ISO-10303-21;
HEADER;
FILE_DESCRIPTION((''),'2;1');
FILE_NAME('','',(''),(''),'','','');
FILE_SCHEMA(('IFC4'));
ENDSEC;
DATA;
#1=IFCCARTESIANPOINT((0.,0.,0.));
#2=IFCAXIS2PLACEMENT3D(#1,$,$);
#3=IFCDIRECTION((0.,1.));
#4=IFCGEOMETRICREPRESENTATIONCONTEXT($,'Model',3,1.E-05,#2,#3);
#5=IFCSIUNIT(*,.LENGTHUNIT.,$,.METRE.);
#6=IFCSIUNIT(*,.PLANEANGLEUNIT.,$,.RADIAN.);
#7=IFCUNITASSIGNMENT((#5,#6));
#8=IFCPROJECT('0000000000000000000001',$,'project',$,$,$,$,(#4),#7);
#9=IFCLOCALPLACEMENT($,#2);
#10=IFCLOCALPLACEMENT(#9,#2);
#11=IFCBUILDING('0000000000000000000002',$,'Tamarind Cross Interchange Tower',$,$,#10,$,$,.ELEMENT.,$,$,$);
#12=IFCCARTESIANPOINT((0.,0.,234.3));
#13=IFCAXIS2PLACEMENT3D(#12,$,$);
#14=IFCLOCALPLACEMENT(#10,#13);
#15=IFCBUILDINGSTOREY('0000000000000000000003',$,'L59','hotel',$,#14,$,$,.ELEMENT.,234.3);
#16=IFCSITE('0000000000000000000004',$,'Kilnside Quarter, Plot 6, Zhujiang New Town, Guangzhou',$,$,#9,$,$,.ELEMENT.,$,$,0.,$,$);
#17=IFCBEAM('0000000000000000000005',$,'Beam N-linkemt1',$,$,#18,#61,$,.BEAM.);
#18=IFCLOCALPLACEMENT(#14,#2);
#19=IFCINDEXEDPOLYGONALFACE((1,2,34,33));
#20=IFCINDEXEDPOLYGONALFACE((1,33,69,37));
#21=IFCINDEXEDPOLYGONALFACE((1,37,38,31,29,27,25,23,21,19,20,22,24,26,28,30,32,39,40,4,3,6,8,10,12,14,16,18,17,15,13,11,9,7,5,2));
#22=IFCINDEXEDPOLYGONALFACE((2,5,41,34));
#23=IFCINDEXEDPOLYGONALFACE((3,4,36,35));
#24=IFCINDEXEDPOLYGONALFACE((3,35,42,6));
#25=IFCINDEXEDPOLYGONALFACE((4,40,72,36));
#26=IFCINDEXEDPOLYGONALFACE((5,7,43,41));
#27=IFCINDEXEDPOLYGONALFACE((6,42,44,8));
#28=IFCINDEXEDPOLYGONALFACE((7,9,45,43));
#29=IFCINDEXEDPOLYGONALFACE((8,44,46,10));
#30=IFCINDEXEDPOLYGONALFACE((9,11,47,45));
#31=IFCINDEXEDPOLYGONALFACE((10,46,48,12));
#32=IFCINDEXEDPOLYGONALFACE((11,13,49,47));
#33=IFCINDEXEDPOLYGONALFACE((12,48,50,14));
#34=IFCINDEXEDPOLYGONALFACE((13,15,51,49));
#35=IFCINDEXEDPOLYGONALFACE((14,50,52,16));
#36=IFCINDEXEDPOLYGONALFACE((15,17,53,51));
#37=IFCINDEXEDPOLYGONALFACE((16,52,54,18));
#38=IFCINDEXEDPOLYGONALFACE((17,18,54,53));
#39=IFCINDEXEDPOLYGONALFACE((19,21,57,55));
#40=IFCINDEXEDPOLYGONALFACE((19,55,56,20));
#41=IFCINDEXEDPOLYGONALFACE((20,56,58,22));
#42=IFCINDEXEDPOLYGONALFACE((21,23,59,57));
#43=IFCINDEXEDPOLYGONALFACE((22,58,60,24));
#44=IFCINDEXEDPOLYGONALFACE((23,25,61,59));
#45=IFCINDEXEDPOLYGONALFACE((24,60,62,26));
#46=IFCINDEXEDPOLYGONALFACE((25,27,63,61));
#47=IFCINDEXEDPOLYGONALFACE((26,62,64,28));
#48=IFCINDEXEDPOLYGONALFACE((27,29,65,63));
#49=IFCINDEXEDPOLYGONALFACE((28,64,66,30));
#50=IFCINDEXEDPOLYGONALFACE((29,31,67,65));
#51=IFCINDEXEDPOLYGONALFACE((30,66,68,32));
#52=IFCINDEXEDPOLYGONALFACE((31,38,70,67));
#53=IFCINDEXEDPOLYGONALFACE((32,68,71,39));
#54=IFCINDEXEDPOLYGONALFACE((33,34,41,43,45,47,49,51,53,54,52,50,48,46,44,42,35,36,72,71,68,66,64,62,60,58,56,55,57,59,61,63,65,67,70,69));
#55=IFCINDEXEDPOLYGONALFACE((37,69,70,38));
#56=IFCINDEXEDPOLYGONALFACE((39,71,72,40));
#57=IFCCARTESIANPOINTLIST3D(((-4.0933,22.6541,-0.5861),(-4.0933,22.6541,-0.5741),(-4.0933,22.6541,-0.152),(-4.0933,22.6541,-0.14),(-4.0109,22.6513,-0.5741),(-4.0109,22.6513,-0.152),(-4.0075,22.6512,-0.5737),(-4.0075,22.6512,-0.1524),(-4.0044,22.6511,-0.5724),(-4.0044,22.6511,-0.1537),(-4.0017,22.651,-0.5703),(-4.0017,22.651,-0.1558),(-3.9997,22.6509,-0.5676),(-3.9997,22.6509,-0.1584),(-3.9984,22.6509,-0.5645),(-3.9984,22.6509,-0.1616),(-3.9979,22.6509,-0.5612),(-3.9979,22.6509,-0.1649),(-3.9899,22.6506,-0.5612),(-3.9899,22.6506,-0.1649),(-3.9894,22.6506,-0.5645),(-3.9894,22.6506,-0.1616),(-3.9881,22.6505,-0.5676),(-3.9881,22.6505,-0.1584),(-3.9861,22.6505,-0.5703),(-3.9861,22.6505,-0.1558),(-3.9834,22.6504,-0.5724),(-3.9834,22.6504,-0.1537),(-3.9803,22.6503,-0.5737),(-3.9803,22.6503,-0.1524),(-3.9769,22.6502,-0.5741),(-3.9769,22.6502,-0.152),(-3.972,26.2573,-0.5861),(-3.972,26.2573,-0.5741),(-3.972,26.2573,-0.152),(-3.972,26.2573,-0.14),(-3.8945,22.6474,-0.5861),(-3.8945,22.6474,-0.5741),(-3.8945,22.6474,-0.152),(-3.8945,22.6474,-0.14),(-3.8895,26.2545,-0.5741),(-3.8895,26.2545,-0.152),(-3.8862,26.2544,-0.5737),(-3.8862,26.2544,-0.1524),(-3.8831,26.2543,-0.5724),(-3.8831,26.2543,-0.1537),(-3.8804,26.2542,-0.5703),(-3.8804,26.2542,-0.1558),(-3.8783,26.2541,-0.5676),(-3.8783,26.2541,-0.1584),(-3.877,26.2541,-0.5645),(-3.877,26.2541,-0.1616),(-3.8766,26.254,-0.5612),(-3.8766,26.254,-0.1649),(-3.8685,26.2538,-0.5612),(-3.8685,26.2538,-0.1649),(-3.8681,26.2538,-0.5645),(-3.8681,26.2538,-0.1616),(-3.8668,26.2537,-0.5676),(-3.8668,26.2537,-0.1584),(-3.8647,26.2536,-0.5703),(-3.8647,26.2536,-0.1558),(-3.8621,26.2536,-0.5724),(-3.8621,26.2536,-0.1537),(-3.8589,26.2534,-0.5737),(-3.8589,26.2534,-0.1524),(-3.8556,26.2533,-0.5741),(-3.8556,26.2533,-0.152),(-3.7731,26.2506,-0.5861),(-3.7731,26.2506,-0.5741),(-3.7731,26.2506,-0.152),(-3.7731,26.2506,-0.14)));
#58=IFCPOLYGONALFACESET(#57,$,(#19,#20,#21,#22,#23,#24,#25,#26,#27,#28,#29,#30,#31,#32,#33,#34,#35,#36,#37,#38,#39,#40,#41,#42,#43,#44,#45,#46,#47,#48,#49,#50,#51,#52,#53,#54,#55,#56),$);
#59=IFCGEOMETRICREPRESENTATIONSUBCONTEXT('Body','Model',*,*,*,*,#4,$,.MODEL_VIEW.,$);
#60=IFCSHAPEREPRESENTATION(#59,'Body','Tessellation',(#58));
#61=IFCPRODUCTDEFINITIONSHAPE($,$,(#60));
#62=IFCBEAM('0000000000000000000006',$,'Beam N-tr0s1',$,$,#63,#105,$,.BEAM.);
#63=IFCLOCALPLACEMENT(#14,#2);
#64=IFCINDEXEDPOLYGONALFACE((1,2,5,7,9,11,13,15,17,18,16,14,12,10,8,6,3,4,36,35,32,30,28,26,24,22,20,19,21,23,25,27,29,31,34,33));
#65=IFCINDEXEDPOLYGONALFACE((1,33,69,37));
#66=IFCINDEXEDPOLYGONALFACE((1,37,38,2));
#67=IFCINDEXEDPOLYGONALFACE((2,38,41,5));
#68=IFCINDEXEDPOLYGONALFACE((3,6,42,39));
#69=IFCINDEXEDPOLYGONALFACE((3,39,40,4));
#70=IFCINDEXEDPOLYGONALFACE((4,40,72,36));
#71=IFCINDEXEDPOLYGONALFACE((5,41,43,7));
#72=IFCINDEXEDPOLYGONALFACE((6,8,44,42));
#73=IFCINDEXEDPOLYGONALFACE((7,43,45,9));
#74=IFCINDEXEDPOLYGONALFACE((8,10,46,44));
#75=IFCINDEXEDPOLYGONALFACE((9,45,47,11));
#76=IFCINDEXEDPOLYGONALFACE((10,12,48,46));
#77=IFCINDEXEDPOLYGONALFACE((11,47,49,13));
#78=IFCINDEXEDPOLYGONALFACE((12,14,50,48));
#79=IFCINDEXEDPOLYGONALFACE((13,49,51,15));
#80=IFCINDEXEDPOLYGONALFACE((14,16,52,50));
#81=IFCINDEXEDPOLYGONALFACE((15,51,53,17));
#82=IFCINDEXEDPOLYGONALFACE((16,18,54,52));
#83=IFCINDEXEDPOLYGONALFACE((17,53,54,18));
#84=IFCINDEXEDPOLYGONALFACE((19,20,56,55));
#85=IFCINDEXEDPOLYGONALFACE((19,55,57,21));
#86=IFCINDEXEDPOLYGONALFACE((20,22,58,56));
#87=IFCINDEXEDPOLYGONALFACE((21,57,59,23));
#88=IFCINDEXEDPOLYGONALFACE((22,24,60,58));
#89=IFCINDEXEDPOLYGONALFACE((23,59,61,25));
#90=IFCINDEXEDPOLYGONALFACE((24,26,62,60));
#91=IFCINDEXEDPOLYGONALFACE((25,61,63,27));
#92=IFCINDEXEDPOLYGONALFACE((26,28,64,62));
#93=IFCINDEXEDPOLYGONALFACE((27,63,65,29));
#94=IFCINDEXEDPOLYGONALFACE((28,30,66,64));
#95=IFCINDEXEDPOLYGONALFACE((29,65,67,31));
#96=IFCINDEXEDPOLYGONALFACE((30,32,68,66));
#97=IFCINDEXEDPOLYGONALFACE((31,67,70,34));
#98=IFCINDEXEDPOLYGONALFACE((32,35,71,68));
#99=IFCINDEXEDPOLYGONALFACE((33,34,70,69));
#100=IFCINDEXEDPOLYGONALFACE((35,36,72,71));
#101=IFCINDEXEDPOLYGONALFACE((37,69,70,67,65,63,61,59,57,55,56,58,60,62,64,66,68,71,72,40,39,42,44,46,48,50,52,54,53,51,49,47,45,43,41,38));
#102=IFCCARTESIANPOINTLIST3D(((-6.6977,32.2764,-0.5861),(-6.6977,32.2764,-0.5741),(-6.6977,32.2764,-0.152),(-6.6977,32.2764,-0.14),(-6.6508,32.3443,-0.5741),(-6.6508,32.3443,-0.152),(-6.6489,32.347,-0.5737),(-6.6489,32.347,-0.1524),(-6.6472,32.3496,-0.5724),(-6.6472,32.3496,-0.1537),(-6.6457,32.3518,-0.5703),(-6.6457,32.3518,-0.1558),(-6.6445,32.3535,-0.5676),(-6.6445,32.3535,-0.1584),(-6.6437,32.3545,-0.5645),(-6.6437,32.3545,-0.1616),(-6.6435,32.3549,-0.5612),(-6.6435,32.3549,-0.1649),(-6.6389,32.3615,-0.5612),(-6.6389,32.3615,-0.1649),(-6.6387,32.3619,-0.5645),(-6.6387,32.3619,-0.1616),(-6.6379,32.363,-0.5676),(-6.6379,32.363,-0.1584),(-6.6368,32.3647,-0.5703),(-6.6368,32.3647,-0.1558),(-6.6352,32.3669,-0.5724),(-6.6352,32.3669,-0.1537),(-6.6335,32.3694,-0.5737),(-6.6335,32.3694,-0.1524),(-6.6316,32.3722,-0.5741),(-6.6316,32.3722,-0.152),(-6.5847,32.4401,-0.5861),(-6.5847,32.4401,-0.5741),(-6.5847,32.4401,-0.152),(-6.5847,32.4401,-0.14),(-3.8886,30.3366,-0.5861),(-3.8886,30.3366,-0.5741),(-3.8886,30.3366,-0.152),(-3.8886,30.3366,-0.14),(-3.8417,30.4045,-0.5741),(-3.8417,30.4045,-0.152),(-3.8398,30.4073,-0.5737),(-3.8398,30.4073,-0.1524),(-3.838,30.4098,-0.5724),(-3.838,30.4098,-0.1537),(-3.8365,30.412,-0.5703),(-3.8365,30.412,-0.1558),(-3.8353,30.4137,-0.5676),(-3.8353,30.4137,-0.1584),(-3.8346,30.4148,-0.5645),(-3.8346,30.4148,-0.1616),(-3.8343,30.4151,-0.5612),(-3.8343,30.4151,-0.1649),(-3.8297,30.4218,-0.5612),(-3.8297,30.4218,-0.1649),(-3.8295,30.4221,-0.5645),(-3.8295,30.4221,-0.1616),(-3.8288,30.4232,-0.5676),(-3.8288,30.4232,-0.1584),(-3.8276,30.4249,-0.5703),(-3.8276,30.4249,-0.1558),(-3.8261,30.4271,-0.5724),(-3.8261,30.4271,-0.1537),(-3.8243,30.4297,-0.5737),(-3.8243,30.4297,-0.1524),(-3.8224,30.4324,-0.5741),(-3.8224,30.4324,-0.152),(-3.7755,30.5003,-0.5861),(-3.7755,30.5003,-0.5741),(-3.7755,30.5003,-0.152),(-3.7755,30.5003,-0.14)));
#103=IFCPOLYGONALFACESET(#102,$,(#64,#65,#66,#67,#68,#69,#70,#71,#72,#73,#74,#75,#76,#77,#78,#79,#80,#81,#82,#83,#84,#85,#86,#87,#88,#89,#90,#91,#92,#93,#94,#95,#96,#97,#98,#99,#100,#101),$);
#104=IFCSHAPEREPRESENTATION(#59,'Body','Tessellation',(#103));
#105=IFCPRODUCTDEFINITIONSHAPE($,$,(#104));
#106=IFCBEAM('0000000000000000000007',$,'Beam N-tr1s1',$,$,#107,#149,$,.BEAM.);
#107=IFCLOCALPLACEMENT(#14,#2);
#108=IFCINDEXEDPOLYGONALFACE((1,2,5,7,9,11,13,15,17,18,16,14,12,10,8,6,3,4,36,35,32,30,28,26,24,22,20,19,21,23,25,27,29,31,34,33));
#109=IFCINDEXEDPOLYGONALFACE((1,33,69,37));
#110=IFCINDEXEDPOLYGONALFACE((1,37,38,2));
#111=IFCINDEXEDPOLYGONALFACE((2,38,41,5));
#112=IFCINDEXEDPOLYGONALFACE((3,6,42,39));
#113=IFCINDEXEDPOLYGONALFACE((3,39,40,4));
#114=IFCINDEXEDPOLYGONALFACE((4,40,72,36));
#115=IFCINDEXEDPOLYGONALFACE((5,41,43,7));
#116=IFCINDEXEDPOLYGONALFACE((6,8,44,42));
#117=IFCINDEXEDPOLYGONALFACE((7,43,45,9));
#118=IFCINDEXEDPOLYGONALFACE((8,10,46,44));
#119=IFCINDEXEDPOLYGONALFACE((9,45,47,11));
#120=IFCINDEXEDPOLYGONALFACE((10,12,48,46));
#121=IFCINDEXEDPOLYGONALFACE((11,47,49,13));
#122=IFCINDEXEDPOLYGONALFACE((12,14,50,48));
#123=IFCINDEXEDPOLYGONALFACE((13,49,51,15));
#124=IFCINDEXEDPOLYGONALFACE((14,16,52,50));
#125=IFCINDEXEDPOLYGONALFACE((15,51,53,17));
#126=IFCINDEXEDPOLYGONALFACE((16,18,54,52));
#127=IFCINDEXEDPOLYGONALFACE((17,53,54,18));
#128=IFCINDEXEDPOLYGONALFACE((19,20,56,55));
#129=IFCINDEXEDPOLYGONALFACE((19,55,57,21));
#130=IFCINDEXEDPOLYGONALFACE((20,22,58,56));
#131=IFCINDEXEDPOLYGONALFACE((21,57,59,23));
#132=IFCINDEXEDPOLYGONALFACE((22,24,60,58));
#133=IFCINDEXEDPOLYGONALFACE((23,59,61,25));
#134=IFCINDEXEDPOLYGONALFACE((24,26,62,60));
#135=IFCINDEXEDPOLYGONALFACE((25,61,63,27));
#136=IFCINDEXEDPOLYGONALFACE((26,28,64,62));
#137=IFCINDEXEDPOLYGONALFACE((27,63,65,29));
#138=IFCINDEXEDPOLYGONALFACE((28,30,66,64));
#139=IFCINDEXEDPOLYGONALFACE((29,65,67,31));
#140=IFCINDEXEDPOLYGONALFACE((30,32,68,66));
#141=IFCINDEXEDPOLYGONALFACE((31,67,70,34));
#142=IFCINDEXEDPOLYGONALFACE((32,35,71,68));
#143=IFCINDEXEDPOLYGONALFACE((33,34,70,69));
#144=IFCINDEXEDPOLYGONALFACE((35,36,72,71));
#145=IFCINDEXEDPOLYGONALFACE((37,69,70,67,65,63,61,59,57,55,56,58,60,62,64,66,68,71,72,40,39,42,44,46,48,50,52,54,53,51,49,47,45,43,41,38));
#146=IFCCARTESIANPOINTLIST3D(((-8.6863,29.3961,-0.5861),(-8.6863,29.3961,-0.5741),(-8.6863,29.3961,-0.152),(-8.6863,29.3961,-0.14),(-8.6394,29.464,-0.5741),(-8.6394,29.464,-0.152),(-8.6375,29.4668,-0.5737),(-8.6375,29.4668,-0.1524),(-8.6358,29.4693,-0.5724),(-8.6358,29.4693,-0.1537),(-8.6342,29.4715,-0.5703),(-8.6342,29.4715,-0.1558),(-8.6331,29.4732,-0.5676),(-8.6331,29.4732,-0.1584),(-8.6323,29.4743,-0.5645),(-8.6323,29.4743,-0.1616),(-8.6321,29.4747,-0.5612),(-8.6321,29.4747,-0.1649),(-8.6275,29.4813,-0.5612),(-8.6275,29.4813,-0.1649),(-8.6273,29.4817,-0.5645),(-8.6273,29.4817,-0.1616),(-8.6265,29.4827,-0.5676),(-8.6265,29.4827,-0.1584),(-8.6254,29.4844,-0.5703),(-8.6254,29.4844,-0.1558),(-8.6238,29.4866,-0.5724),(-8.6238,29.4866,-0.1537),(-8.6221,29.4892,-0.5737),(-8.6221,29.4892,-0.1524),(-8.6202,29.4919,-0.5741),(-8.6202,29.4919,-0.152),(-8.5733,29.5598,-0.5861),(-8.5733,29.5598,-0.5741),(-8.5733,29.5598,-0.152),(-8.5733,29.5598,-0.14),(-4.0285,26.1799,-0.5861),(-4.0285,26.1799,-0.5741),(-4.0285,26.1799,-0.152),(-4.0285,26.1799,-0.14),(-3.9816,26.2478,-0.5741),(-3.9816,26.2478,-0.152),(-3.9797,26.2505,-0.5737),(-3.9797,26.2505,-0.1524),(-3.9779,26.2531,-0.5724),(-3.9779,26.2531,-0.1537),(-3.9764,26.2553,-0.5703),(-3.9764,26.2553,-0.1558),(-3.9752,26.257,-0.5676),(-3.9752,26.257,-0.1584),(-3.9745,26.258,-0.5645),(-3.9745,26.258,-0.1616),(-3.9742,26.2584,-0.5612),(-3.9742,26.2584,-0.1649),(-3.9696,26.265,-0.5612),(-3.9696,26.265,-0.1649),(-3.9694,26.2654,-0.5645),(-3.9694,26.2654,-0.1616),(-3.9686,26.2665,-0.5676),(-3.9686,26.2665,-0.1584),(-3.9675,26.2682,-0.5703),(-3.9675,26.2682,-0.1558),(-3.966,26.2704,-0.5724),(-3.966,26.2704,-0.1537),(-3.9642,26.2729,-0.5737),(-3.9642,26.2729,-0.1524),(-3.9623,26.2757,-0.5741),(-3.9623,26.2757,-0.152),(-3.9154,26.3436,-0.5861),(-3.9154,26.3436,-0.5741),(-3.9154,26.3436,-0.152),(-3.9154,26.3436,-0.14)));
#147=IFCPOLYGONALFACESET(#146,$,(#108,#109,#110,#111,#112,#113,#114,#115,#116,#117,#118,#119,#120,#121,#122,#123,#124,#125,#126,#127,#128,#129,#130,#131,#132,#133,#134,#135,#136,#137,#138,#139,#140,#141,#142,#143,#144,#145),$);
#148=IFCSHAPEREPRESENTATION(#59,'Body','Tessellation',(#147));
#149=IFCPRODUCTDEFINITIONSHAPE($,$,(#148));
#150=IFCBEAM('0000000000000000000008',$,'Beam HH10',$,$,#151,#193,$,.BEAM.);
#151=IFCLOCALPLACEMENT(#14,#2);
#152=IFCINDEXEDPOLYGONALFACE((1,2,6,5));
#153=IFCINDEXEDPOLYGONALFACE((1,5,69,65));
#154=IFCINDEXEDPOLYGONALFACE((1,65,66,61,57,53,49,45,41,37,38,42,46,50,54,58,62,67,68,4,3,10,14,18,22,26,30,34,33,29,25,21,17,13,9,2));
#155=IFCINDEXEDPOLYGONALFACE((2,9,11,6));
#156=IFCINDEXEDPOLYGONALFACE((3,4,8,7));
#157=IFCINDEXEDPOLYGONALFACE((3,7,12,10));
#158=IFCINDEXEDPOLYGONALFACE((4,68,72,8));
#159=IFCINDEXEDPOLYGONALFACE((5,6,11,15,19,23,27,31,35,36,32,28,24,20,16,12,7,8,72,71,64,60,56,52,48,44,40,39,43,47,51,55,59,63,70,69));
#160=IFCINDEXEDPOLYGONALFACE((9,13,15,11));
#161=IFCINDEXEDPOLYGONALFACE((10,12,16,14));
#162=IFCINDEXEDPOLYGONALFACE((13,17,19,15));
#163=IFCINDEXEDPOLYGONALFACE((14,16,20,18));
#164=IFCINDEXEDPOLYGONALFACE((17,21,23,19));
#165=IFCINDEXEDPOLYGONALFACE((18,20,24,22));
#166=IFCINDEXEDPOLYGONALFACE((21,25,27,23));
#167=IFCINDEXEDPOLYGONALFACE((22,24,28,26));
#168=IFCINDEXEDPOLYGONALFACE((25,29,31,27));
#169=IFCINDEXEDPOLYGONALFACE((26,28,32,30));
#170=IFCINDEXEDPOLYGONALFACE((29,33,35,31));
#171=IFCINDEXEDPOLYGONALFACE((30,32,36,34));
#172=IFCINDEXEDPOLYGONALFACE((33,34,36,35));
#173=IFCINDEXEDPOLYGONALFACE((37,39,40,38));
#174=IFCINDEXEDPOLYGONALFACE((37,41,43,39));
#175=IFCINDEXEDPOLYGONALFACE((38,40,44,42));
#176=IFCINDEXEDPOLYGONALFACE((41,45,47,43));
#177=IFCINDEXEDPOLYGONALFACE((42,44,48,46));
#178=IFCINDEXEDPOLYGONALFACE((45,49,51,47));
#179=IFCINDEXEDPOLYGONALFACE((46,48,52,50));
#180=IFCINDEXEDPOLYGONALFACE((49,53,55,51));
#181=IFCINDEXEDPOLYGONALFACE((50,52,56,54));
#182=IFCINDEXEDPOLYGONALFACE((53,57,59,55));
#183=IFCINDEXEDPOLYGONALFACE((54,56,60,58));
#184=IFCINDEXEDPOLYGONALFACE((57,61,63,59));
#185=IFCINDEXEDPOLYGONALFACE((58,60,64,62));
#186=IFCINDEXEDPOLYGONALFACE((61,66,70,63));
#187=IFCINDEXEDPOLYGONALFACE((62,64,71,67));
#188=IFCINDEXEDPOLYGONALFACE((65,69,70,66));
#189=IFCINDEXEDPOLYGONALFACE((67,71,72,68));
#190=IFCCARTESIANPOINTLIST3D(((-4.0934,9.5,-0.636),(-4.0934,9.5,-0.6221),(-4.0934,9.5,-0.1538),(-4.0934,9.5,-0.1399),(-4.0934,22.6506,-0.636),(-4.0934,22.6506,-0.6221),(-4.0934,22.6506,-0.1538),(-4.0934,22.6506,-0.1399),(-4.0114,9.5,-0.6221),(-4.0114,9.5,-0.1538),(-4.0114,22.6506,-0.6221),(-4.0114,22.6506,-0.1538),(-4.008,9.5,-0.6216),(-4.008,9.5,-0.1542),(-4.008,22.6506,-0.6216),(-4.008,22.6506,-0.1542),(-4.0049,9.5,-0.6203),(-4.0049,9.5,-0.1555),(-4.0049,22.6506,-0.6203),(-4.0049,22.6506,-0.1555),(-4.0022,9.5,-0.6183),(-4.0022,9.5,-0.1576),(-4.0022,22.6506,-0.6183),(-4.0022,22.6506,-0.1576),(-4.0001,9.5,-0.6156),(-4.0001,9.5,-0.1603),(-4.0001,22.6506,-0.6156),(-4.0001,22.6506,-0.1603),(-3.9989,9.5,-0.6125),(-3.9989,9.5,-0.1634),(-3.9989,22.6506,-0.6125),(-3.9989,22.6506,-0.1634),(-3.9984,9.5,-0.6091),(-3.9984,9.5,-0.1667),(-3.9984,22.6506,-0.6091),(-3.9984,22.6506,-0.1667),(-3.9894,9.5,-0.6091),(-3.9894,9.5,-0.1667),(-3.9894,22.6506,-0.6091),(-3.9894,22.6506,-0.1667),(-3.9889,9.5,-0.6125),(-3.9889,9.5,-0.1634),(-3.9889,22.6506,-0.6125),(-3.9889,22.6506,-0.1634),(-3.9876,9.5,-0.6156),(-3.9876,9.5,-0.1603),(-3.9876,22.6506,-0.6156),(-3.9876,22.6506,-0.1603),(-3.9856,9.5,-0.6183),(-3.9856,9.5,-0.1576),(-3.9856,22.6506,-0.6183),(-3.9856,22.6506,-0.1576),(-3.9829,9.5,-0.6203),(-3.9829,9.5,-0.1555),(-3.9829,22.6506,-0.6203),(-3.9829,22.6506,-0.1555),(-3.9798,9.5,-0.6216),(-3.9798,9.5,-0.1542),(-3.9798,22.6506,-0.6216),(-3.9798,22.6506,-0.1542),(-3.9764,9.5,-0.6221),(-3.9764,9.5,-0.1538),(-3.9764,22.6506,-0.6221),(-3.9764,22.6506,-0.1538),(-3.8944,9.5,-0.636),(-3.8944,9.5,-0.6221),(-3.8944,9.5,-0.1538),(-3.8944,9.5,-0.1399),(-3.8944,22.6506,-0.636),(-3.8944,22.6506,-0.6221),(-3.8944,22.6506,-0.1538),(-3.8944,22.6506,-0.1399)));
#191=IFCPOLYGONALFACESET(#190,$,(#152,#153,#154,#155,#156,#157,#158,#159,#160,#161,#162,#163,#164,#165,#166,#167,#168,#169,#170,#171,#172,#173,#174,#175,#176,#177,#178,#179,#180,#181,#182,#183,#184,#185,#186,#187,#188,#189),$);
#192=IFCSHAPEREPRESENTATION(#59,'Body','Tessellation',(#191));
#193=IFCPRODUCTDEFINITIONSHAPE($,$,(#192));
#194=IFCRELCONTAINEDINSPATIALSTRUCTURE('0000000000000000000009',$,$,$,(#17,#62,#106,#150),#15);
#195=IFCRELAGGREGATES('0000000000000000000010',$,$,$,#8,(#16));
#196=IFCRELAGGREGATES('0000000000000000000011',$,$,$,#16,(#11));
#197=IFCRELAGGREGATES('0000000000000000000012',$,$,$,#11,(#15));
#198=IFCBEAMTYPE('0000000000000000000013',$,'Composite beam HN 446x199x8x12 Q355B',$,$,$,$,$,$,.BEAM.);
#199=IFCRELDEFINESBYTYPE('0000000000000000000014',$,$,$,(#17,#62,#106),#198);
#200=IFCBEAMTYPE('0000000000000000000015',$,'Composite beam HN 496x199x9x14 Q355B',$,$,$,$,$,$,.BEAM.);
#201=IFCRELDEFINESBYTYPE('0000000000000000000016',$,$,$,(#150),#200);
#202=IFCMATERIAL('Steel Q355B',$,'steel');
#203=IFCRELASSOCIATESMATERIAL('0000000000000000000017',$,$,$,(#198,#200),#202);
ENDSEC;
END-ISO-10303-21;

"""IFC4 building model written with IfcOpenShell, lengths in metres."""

from ifc_helpers import new_model, si_unit, direction, frame, origin, origin_2d, place, context, subcontext, project, spatial, i_section, extrude, material, material_profile, profile_set, type_object, element, save


model = new_model("IFC4")

# Units and contexts
model_context = context("Model", 3, precision=1e-05, world=origin(), true_north=direction((0.0, 1.0)))
body_context = subcontext(model_context, "Body", "Model", "MODEL_VIEW")
ifc_project = project(units=[si_unit("LENGTHUNIT", "METRE"), si_unit("PLANEANGLEUNIT", "RADIAN")], contexts=[model_context])

# Site, building, storey
site_placement = place(None, origin())
site = spatial("IfcSite", under=ifc_project, at=site_placement, Name="Kilnside Quarter, Plot 6, Zhujiang New Town, Guangzhou", CompositionType="ELEMENT", RefElevation=0.0)
building_placement = place(site_placement, origin())
building = spatial("IfcBuilding", under=site, at=building_placement, Name="Tamarind Cross Interchange Tower", CompositionType="ELEMENT")
storey_placement = place(building_placement, frame((0.0, 0.0, 234.3)))
storey = spatial("IfcBuildingStorey", under=building, at=storey_placement, Name="L59", Description="hotel", CompositionType="ELEMENT", Elevation=234.3)

# Beams
ifc_material_1 = material(Name="Steel Q355B", Category="steel")
ifc_material_profile_1 = material_profile(ifc_material_1, i_section(OverallWidth=0.199, OverallDepth=0.446, WebThickness=0.0081, FlangeThickness=0.012, FilletRadius=0.0129, at=origin_2d()), Name="HN 446x199x8x12")
ifc_profile_set_1 = profile_set([ifc_material_profile_1], Name="Steel Q355B")
beam_type_1 = type_object("IfcBeamType", Name="Composite beam HN 446x199x8x12 Q355B", PredefinedType="BEAM", material=ifc_profile_set_1)
beam_1_placement = place(storey_placement, frame((-3.8726, 26.2539, -0.363), z_axis=(-0.033655, -0.999434, 0.0), x_axis=(0.999434, -0.033655, 0.0)))
element("IfcBeam", 1, at=beam_1_placement, inside=storey, type_object=beam_type_1, Name="Beam N-linkemt1", PredefinedType="BEAM", context=body_context, shape_type="SweptSolid", body=[
    extrude(i_section(OverallWidth=0.199, OverallDepth=0.446, WebThickness=0.0081, FlangeThickness=0.012, FilletRadius=0.0129, at=origin_2d()), origin(), (0.0, 0.0, 1.0), 3.6052),
])
beam_2_placement = place(storey_placement, frame((-3.832, 30.4185, -0.363), z_axis=(-0.822884, 0.568209, 0.0), x_axis=(-0.568209, -0.822884, 0.0)))
element("IfcBeam", 2, at=beam_2_placement, inside=storey, type_object=beam_type_1, Name="Beam N-tr0s1", PredefinedType="BEAM", context=body_context, shape_type="SweptSolid", body=[
    extrude(i_section(OverallWidth=0.199, OverallDepth=0.446, WebThickness=0.0081, FlangeThickness=0.012, FilletRadius=0.0129, at=origin_2d()), origin(), (0.0, 0.0, 1.0), 3.4138),
])
beam_3_placement = place(storey_placement, frame((-3.9719, 26.2617, -0.363), z_axis=(-0.822889, 0.568203, 0.0), x_axis=(-0.568203, -0.822889, 0.0)))
element("IfcBeam", 3, at=beam_3_placement, inside=storey, type_object=beam_type_1, Name="Beam N-tr1s1", PredefinedType="BEAM", context=body_context, shape_type="SweptSolid", body=[
    extrude(i_section(OverallWidth=0.199, OverallDepth=0.446, WebThickness=0.0081, FlangeThickness=0.012, FilletRadius=0.0129, at=origin_2d()), origin(), (0.0, 0.0, 1.0), 5.6604),
])
ifc_material_profile_2 = material_profile(ifc_material_1, i_section(OverallWidth=0.199, OverallDepth=0.4961, WebThickness=0.009, FlangeThickness=0.0139, FilletRadius=0.0129, at=origin_2d()), Name="HN 496x199x9x14")
ifc_profile_set_2 = profile_set([ifc_material_profile_2], Name="Steel Q355B")
beam_type_2 = type_object("IfcBeamType", Name="Composite beam HN 496x199x9x14 Q355B", PredefinedType="BEAM", material=ifc_profile_set_2)
beam_4_placement = place(storey_placement, frame((-3.9939, 22.6506, -0.3879), z_axis=(0.0, -1.0, 0.0), x_axis=(1.0, 0.0, 0.0)))
element("IfcBeam", 4, at=beam_4_placement, inside=storey, type_object=beam_type_2, Name="Beam HH10", PredefinedType="BEAM", context=body_context, shape_type="SweptSolid", body=[
    extrude(i_section(OverallWidth=0.199, OverallDepth=0.4961, WebThickness=0.009, FlangeThickness=0.0139, FilletRadius=0.0129, at=origin_2d()), origin(), (0.0, 0.0, 1.0), 13.1506),
])

save(model, "model.ifc")
